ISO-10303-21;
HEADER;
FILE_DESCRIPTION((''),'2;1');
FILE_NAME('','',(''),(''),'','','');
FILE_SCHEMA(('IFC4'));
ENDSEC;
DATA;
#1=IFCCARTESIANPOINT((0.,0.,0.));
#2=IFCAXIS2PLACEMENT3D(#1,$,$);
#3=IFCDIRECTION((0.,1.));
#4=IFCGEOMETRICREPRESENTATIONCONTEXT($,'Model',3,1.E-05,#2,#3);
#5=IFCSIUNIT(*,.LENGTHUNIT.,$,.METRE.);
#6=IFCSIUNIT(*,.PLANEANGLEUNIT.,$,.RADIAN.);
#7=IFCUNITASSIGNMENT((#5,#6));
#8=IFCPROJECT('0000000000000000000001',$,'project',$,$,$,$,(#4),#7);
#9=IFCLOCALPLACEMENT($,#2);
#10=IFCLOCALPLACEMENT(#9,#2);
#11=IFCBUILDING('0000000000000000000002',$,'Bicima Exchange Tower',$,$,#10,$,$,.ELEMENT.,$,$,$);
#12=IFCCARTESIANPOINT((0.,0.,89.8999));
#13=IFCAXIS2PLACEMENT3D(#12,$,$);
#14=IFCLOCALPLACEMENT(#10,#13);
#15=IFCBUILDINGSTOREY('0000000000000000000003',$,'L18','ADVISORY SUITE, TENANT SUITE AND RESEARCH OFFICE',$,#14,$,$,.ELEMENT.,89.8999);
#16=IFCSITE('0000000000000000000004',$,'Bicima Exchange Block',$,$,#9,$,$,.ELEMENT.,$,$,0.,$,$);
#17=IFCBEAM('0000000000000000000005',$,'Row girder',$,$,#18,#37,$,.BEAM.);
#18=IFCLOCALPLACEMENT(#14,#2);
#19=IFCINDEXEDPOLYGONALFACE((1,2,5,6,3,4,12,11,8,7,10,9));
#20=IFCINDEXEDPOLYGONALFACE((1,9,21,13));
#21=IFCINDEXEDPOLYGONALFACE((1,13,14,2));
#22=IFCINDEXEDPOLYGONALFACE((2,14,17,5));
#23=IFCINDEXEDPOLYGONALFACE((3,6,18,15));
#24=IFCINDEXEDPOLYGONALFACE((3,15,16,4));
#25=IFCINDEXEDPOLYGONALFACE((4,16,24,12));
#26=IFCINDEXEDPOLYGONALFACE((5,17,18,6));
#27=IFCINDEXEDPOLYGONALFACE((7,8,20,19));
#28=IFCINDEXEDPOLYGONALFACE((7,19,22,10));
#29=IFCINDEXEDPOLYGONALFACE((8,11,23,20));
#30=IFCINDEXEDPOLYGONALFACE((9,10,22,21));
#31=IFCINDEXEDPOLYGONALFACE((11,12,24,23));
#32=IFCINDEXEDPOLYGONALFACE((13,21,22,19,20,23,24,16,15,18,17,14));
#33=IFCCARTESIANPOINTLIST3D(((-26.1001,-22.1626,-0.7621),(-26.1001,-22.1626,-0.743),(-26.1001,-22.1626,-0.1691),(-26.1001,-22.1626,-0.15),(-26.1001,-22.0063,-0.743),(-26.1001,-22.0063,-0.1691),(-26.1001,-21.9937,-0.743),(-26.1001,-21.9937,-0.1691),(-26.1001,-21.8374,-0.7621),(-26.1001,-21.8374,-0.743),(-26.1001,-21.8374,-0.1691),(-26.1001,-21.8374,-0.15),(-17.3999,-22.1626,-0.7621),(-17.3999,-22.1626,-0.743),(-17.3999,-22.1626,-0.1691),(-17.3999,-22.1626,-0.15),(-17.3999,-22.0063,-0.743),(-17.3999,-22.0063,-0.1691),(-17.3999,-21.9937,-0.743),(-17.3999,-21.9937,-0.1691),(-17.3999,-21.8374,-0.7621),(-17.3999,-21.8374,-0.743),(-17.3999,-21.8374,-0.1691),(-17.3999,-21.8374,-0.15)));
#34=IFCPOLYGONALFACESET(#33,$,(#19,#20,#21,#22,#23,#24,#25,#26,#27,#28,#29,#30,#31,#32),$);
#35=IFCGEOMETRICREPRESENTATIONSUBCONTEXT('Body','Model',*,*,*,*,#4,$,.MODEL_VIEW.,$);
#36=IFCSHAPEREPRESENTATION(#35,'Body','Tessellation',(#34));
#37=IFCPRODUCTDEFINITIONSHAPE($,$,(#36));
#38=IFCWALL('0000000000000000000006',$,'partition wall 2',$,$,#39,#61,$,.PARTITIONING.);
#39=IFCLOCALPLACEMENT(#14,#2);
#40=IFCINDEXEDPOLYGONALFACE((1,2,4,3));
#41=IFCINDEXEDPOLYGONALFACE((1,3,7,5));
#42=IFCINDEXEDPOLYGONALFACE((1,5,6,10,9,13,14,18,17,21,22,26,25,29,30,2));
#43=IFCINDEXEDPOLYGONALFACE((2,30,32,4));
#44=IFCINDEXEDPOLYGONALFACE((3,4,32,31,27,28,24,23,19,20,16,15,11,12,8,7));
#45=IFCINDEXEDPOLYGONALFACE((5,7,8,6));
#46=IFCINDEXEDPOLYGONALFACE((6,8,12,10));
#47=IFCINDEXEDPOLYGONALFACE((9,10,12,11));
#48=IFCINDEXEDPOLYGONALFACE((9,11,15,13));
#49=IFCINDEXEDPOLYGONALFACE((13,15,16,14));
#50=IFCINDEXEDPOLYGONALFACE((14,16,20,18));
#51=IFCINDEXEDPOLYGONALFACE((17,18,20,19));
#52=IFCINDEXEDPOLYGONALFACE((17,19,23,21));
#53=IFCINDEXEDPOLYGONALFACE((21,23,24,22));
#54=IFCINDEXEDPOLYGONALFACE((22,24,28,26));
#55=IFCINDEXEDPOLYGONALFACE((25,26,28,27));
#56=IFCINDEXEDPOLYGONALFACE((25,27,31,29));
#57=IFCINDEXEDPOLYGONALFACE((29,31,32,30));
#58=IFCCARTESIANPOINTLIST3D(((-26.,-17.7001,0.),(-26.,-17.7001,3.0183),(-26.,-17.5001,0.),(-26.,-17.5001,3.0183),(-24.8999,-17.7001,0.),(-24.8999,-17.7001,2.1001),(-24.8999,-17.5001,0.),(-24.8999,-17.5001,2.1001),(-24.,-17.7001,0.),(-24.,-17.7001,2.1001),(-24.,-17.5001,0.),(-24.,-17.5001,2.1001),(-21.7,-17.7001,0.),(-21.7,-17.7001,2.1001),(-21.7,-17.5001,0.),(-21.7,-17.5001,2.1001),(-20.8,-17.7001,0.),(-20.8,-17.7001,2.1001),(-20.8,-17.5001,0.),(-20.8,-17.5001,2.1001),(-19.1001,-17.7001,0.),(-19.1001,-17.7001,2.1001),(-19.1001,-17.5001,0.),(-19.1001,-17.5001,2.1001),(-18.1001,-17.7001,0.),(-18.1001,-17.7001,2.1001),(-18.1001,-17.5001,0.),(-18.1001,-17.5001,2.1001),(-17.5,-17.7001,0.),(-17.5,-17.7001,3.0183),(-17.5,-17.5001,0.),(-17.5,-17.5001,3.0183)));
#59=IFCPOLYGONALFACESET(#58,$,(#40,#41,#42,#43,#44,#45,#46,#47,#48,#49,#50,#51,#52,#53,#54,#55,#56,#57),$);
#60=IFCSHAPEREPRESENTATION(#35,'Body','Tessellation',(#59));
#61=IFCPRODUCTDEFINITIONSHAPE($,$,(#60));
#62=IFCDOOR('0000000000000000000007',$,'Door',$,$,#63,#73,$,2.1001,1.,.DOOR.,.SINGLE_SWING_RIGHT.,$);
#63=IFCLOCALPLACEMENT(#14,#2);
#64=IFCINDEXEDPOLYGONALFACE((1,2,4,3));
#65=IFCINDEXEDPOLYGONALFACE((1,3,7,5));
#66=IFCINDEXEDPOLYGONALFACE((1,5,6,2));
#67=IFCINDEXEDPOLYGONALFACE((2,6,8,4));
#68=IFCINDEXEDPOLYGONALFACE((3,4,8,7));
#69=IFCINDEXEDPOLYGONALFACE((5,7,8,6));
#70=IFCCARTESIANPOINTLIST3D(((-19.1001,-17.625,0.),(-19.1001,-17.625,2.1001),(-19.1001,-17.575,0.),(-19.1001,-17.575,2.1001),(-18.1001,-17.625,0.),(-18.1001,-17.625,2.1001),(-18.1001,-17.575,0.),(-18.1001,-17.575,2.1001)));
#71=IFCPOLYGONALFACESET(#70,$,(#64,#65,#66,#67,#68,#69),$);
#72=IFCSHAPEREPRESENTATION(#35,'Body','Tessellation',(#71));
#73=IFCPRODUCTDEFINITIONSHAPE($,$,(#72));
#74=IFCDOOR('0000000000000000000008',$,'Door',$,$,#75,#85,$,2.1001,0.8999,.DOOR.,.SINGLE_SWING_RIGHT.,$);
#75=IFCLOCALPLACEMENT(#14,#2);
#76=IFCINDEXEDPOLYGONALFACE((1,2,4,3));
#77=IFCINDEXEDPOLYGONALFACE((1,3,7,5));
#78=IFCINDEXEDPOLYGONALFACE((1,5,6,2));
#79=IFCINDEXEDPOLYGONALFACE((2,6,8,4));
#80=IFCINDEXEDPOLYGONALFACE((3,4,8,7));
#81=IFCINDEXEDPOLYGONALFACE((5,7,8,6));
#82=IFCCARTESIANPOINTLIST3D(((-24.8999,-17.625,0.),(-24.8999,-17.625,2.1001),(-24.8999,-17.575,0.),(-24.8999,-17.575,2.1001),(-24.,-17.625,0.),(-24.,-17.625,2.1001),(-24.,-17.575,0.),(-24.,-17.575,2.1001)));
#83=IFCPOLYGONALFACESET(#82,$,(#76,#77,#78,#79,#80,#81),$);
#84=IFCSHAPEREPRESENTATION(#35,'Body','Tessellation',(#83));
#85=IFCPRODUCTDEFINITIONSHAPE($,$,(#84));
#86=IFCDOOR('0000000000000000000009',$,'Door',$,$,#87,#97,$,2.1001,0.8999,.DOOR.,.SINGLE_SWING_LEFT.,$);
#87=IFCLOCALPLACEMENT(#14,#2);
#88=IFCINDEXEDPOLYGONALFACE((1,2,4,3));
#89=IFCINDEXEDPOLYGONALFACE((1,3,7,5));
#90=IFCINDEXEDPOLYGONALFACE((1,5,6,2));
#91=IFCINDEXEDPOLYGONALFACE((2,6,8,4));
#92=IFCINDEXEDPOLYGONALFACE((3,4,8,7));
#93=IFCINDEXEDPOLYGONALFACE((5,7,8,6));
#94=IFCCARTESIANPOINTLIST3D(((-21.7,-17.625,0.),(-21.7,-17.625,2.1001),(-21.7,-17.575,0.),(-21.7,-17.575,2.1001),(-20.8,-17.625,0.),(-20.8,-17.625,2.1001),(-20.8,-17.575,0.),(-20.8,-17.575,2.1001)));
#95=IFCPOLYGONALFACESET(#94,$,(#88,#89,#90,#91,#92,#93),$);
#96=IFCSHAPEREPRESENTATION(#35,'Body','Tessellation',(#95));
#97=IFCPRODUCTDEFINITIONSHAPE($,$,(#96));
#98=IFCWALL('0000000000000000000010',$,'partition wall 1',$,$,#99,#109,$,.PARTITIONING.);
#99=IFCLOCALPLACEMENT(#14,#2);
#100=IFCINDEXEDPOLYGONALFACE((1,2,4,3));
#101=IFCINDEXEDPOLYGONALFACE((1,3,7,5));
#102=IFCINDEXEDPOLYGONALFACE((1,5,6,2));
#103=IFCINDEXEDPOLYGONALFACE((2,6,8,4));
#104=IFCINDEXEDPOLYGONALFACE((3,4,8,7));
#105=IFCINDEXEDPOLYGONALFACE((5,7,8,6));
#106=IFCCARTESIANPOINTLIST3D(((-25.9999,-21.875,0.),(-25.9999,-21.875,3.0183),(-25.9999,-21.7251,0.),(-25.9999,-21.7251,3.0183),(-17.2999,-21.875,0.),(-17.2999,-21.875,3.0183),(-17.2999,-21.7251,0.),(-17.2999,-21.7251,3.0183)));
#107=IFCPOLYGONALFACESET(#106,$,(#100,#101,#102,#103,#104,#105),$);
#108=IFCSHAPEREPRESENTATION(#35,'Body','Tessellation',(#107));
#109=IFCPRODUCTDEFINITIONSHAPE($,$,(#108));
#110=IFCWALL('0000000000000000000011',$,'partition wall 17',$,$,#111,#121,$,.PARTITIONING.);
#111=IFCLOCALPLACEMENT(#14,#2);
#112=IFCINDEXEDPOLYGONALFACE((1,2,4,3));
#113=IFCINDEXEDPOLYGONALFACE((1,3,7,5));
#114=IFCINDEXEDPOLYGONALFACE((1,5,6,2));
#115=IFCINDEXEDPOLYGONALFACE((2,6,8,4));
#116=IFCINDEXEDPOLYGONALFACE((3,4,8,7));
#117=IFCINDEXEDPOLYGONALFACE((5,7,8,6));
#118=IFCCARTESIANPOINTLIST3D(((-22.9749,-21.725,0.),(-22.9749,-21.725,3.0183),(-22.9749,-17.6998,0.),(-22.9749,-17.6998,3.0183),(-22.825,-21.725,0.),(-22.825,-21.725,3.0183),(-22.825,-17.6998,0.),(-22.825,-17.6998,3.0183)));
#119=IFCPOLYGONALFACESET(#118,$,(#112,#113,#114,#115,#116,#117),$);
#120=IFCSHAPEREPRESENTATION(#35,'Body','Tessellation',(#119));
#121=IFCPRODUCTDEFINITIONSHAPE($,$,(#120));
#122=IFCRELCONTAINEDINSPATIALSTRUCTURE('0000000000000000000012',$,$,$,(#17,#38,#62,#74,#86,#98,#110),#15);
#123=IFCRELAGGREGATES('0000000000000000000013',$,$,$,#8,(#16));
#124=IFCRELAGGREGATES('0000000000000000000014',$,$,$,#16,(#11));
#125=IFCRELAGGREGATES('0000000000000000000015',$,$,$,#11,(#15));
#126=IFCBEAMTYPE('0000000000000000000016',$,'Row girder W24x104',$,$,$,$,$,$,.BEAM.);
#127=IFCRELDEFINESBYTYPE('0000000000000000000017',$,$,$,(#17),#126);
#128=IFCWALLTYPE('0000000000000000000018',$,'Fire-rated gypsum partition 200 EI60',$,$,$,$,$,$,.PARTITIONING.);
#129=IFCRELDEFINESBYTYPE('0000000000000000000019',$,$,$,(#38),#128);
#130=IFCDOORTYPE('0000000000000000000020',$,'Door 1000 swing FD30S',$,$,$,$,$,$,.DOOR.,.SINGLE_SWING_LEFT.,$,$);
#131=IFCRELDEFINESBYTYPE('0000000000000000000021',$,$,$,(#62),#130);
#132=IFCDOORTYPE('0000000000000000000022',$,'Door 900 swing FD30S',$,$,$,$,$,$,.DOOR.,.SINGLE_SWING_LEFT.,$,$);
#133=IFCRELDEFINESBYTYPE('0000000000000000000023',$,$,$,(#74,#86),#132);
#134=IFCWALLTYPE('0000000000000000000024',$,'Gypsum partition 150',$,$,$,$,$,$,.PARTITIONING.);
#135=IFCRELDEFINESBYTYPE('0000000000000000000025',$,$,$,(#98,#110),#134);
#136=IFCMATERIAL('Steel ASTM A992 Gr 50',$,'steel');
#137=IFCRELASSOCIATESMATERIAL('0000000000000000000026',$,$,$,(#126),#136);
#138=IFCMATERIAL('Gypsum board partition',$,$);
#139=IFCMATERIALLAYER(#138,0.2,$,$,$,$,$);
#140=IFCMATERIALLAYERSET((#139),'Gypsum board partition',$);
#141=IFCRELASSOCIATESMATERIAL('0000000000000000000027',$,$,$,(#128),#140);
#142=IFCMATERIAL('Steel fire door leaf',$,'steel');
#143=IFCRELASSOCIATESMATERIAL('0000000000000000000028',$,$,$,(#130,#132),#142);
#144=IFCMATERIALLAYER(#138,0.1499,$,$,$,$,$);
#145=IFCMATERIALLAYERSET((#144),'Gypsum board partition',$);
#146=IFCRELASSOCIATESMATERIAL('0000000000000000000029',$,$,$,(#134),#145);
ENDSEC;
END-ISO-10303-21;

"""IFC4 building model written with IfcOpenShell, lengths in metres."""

from ifc_helpers import new_model, si_unit, direction, frame, frame_2d, origin, origin_2d, place, context, subcontext, project, spatial, rectangle, i_section, extrude, material, layer, layer_set, material_profile, profile_set, type_object, element, fill, save


model = new_model("IFC4")

# Units and contexts
model_context = context("Model", 3, precision=1e-05, world=origin(), true_north=direction((0.0, 1.0)))
body_context = subcontext(model_context, "Body", "Model", "MODEL_VIEW")
ifc_project = project(units=[si_unit("LENGTHUNIT", "METRE"), si_unit("PLANEANGLEUNIT", "RADIAN")], contexts=[model_context])

# Site, building, storey
site_placement = place(None, origin())
site = spatial("IfcSite", under=ifc_project, at=site_placement, Name="Bicima Exchange Block", CompositionType="ELEMENT", RefElevation=0.0)
building_placement = place(site_placement, origin())
building = spatial("IfcBuilding", under=site, at=building_placement, Name="Bicima Exchange Tower", CompositionType="ELEMENT")
storey_placement = place(building_placement, frame((0.0, 0.0, 89.8999)))
storey = spatial("IfcBuildingStorey", under=building, at=storey_placement, Name="L18", Description="ADVISORY SUITE, TENANT SUITE AND RESEARCH OFFICE", CompositionType="ELEMENT", Elevation=89.8999)

# Shared definitions
ifc_material_1 = material(Name="Steel ASTM A992 Gr 50", Category="steel")

# Beam
ifc_material_profile_1 = material_profile(ifc_material_1, i_section(OverallWidth=0.3252, OverallDepth=0.6121, WebThickness=0.0127, FlangeThickness=0.019, at=origin_2d()))
ifc_profile_set_1 = profile_set([ifc_material_profile_1], Name="Steel ASTM A992 Gr 50")
beam_type_1 = type_object("IfcBeamType", Name="Row girder W24x104", PredefinedType="BEAM", material=ifc_profile_set_1)
beam_1_placement = place(storey_placement, frame((-26.1001, -22.0, -0.4561), z_axis=(1.0, 0.0, 0.0), x_axis=(0.0, 1.0, 0.0)))
element("IfcBeam", 1, at=beam_1_placement, inside=storey, type_object=beam_type_1, Name="Row girder", PredefinedType="BEAM", context=body_context, shape_type="SweptSolid", body=[
    extrude(i_section(OverallWidth=0.3252, OverallDepth=0.6121, WebThickness=0.0127, FlangeThickness=0.019, at=origin_2d()), origin(), (0.0, 0.0, 1.0), 8.7002),
])

# Wall, openings, doors
ifc_material_2 = material(Name="Gypsum board partition")
ifc_layer_1 = layer(ifc_material_2, 0.2)
ifc_layer_set_1 = layer_set([ifc_layer_1], Name="Gypsum board partition")
wall_type_1 = type_object("IfcWallType", Name="Fire-rated gypsum partition 200 EI60", PredefinedType="PARTITIONING", material=ifc_layer_set_1)
wall_1_placement = place(storey_placement, frame((-26.0, -17.6001, 0.0), z_axis=(0.0, 0.0, 1.0), x_axis=(1.0, 0.0, 0.0)))
wall_1 = element("IfcWall", 2, at=wall_1_placement, inside=storey, type_object=wall_type_1, Name="partition wall 2", PredefinedType="PARTITIONING", context=body_context, shape_type="SweptSolid", body=[
    extrude(rectangle(XDim=8.5, YDim=0.2, at=frame_2d((4.25, 0.0))), origin(), (0.0, 0.0, 1.0), 3.0183),
])
opening_1_placement = place(wall_1_placement, frame((1.1001, 0.0, 0.0)))
opening_1 = element("IfcOpeningElement", 3, at=opening_1_placement, cuts=wall_1, PredefinedType="OPENING", context=body_context, shape_type="SweptSolid", body=[
    extrude(rectangle(XDim=0.8999, YDim=2.1001, at=frame_2d((0.45, 1.05))), frame((0.0, 0.1118, 0.0), z_axis=(0.0, -1.0, 0.0), x_axis=(1.0, 0.0, 0.0)), (0.0, 0.0, 1.0), 0.2239),
])
opening_2_placement = place(wall_1_placement, frame((4.3, 0.0, 0.0)))
opening_2 = element("IfcOpeningElement", 4, at=opening_2_placement, cuts=wall_1, PredefinedType="OPENING", context=body_context, shape_type="SweptSolid", body=[
    extrude(rectangle(XDim=0.8999, YDim=2.1001, at=frame_2d((0.45, 1.05))), frame((0.0, 0.1118, 0.0), z_axis=(0.0, -1.0, 0.0), x_axis=(1.0, 0.0, 0.0)), (0.0, 0.0, 1.0), 0.2239),
])
opening_3_placement = place(wall_1_placement, frame((6.8999, 0.0, 0.0)))
opening_3 = element("IfcOpeningElement", 5, at=opening_3_placement, cuts=wall_1, PredefinedType="OPENING", context=body_context, shape_type="SweptSolid", body=[
    extrude(rectangle(XDim=1.0, YDim=2.1001, at=frame_2d((0.5, 1.05))), frame((0.0, 0.1118, 0.0), z_axis=(0.0, -1.0, 0.0), x_axis=(1.0, 0.0, 0.0)), (0.0, 0.0, 1.0), 0.2239),
])
ifc_material_3 = material(Name="Steel fire door leaf", Category="steel")
door_type_1 = type_object("IfcDoorType", Name="Door 1000 swing FD30S", OperationType="SINGLE_SWING_LEFT", PredefinedType="DOOR", material=ifc_material_3)
door_1_placement = place(opening_3_placement, frame((1.0, 0.0, 0.0), z_axis=(0.0, 0.0, 1.0), x_axis=(-1.0, 0.0, 0.0)))
door_1 = element("IfcDoor", 6, at=door_1_placement, inside=storey, type_object=door_type_1, Name="Door", OperationType="SINGLE_SWING_RIGHT", OverallHeight=2.1001, OverallWidth=1.0, PredefinedType="DOOR", context=body_context, shape_type="SweptSolid", body=[
    extrude(rectangle(XDim=1.0, YDim=2.1001, at=frame_2d((0.5, 1.05))), frame((0.0, 0.0249, 0.0), z_axis=(0.0, -1.0, 0.0), x_axis=(1.0, 0.0, 0.0)), (0.0, 0.0, 1.0), 0.05),
])
fill(opening_3, door_1)
door_type_2 = type_object("IfcDoorType", Name="Door 900 swing FD30S", OperationType="SINGLE_SWING_LEFT", PredefinedType="DOOR", material=ifc_material_3)
door_2_placement = place(opening_1_placement, frame((0.8999, 0.0, 0.0), z_axis=(0.0, 0.0, 1.0), x_axis=(-1.0, 0.0, 0.0)))
door_2 = element("IfcDoor", 7, at=door_2_placement, inside=storey, type_object=door_type_2, Name="Door", OperationType="SINGLE_SWING_RIGHT", OverallHeight=2.1001, OverallWidth=0.8999, PredefinedType="DOOR", context=body_context, shape_type="SweptSolid", body=[
    extrude(rectangle(XDim=0.8999, YDim=2.1001, at=frame_2d((0.45, 1.05))), frame((0.0, 0.0249, 0.0), z_axis=(0.0, -1.0, 0.0), x_axis=(1.0, 0.0, 0.0)), (0.0, 0.0, 1.0), 0.05),
])
fill(opening_1, door_2)
door_3_placement = place(opening_2_placement, frame((0.8999, 0.0, 0.0), z_axis=(0.0, 0.0, 1.0), x_axis=(-1.0, 0.0, 0.0)))
door_3 = element("IfcDoor", 8, at=door_3_placement, inside=storey, type_object=door_type_2, Name="Door", OperationType="SINGLE_SWING_LEFT", OverallHeight=2.1001, OverallWidth=0.8999, PredefinedType="DOOR", context=body_context, shape_type="SweptSolid", body=[
    extrude(rectangle(XDim=0.8999, YDim=2.1001, at=frame_2d((0.45, 1.05))), frame((0.0, 0.0249, 0.0), z_axis=(0.0, -1.0, 0.0), x_axis=(1.0, 0.0, 0.0)), (0.0, 0.0, 1.0), 0.05),
])
fill(opening_2, door_3)

# Walls
ifc_layer_2 = layer(ifc_material_2, 0.1499)
ifc_layer_set_2 = layer_set([ifc_layer_2], Name="Gypsum board partition")
wall_type_2 = type_object("IfcWallType", Name="Gypsum partition 150", PredefinedType="PARTITIONING", material=ifc_layer_set_2)
wall_2_placement = place(storey_placement, frame((-26.0, -21.8, 0.0), z_axis=(0.0, 0.0, 1.0), x_axis=(1.0, 0.0, 0.0)))
element("IfcWall", 9, at=wall_2_placement, inside=storey, type_object=wall_type_2, Name="partition wall 1", PredefinedType="PARTITIONING", context=body_context, shape_type="SweptSolid", body=[
    extrude(rectangle(XDim=8.7, YDim=0.1499, at=frame_2d((4.3501, 0.0))), origin(), (0.0, 0.0, 1.0), 3.0183),
])
wall_3_placement = place(storey_placement, frame((-22.8999, -21.7251, 0.0), z_axis=(0.0, 0.0, 1.0), x_axis=(0.0, 1.0, 0.0)))
element("IfcWall", 10, at=wall_3_placement, inside=storey, type_object=wall_type_2, Name="partition wall 17", PredefinedType="PARTITIONING", context=body_context, shape_type="SweptSolid", body=[
    extrude(rectangle(XDim=4.0251, YDim=0.1499, at=frame_2d((2.0127, 0.0))), origin(), (0.0, 0.0, 1.0), 3.0183),
])

save(model, "model.ifc")
